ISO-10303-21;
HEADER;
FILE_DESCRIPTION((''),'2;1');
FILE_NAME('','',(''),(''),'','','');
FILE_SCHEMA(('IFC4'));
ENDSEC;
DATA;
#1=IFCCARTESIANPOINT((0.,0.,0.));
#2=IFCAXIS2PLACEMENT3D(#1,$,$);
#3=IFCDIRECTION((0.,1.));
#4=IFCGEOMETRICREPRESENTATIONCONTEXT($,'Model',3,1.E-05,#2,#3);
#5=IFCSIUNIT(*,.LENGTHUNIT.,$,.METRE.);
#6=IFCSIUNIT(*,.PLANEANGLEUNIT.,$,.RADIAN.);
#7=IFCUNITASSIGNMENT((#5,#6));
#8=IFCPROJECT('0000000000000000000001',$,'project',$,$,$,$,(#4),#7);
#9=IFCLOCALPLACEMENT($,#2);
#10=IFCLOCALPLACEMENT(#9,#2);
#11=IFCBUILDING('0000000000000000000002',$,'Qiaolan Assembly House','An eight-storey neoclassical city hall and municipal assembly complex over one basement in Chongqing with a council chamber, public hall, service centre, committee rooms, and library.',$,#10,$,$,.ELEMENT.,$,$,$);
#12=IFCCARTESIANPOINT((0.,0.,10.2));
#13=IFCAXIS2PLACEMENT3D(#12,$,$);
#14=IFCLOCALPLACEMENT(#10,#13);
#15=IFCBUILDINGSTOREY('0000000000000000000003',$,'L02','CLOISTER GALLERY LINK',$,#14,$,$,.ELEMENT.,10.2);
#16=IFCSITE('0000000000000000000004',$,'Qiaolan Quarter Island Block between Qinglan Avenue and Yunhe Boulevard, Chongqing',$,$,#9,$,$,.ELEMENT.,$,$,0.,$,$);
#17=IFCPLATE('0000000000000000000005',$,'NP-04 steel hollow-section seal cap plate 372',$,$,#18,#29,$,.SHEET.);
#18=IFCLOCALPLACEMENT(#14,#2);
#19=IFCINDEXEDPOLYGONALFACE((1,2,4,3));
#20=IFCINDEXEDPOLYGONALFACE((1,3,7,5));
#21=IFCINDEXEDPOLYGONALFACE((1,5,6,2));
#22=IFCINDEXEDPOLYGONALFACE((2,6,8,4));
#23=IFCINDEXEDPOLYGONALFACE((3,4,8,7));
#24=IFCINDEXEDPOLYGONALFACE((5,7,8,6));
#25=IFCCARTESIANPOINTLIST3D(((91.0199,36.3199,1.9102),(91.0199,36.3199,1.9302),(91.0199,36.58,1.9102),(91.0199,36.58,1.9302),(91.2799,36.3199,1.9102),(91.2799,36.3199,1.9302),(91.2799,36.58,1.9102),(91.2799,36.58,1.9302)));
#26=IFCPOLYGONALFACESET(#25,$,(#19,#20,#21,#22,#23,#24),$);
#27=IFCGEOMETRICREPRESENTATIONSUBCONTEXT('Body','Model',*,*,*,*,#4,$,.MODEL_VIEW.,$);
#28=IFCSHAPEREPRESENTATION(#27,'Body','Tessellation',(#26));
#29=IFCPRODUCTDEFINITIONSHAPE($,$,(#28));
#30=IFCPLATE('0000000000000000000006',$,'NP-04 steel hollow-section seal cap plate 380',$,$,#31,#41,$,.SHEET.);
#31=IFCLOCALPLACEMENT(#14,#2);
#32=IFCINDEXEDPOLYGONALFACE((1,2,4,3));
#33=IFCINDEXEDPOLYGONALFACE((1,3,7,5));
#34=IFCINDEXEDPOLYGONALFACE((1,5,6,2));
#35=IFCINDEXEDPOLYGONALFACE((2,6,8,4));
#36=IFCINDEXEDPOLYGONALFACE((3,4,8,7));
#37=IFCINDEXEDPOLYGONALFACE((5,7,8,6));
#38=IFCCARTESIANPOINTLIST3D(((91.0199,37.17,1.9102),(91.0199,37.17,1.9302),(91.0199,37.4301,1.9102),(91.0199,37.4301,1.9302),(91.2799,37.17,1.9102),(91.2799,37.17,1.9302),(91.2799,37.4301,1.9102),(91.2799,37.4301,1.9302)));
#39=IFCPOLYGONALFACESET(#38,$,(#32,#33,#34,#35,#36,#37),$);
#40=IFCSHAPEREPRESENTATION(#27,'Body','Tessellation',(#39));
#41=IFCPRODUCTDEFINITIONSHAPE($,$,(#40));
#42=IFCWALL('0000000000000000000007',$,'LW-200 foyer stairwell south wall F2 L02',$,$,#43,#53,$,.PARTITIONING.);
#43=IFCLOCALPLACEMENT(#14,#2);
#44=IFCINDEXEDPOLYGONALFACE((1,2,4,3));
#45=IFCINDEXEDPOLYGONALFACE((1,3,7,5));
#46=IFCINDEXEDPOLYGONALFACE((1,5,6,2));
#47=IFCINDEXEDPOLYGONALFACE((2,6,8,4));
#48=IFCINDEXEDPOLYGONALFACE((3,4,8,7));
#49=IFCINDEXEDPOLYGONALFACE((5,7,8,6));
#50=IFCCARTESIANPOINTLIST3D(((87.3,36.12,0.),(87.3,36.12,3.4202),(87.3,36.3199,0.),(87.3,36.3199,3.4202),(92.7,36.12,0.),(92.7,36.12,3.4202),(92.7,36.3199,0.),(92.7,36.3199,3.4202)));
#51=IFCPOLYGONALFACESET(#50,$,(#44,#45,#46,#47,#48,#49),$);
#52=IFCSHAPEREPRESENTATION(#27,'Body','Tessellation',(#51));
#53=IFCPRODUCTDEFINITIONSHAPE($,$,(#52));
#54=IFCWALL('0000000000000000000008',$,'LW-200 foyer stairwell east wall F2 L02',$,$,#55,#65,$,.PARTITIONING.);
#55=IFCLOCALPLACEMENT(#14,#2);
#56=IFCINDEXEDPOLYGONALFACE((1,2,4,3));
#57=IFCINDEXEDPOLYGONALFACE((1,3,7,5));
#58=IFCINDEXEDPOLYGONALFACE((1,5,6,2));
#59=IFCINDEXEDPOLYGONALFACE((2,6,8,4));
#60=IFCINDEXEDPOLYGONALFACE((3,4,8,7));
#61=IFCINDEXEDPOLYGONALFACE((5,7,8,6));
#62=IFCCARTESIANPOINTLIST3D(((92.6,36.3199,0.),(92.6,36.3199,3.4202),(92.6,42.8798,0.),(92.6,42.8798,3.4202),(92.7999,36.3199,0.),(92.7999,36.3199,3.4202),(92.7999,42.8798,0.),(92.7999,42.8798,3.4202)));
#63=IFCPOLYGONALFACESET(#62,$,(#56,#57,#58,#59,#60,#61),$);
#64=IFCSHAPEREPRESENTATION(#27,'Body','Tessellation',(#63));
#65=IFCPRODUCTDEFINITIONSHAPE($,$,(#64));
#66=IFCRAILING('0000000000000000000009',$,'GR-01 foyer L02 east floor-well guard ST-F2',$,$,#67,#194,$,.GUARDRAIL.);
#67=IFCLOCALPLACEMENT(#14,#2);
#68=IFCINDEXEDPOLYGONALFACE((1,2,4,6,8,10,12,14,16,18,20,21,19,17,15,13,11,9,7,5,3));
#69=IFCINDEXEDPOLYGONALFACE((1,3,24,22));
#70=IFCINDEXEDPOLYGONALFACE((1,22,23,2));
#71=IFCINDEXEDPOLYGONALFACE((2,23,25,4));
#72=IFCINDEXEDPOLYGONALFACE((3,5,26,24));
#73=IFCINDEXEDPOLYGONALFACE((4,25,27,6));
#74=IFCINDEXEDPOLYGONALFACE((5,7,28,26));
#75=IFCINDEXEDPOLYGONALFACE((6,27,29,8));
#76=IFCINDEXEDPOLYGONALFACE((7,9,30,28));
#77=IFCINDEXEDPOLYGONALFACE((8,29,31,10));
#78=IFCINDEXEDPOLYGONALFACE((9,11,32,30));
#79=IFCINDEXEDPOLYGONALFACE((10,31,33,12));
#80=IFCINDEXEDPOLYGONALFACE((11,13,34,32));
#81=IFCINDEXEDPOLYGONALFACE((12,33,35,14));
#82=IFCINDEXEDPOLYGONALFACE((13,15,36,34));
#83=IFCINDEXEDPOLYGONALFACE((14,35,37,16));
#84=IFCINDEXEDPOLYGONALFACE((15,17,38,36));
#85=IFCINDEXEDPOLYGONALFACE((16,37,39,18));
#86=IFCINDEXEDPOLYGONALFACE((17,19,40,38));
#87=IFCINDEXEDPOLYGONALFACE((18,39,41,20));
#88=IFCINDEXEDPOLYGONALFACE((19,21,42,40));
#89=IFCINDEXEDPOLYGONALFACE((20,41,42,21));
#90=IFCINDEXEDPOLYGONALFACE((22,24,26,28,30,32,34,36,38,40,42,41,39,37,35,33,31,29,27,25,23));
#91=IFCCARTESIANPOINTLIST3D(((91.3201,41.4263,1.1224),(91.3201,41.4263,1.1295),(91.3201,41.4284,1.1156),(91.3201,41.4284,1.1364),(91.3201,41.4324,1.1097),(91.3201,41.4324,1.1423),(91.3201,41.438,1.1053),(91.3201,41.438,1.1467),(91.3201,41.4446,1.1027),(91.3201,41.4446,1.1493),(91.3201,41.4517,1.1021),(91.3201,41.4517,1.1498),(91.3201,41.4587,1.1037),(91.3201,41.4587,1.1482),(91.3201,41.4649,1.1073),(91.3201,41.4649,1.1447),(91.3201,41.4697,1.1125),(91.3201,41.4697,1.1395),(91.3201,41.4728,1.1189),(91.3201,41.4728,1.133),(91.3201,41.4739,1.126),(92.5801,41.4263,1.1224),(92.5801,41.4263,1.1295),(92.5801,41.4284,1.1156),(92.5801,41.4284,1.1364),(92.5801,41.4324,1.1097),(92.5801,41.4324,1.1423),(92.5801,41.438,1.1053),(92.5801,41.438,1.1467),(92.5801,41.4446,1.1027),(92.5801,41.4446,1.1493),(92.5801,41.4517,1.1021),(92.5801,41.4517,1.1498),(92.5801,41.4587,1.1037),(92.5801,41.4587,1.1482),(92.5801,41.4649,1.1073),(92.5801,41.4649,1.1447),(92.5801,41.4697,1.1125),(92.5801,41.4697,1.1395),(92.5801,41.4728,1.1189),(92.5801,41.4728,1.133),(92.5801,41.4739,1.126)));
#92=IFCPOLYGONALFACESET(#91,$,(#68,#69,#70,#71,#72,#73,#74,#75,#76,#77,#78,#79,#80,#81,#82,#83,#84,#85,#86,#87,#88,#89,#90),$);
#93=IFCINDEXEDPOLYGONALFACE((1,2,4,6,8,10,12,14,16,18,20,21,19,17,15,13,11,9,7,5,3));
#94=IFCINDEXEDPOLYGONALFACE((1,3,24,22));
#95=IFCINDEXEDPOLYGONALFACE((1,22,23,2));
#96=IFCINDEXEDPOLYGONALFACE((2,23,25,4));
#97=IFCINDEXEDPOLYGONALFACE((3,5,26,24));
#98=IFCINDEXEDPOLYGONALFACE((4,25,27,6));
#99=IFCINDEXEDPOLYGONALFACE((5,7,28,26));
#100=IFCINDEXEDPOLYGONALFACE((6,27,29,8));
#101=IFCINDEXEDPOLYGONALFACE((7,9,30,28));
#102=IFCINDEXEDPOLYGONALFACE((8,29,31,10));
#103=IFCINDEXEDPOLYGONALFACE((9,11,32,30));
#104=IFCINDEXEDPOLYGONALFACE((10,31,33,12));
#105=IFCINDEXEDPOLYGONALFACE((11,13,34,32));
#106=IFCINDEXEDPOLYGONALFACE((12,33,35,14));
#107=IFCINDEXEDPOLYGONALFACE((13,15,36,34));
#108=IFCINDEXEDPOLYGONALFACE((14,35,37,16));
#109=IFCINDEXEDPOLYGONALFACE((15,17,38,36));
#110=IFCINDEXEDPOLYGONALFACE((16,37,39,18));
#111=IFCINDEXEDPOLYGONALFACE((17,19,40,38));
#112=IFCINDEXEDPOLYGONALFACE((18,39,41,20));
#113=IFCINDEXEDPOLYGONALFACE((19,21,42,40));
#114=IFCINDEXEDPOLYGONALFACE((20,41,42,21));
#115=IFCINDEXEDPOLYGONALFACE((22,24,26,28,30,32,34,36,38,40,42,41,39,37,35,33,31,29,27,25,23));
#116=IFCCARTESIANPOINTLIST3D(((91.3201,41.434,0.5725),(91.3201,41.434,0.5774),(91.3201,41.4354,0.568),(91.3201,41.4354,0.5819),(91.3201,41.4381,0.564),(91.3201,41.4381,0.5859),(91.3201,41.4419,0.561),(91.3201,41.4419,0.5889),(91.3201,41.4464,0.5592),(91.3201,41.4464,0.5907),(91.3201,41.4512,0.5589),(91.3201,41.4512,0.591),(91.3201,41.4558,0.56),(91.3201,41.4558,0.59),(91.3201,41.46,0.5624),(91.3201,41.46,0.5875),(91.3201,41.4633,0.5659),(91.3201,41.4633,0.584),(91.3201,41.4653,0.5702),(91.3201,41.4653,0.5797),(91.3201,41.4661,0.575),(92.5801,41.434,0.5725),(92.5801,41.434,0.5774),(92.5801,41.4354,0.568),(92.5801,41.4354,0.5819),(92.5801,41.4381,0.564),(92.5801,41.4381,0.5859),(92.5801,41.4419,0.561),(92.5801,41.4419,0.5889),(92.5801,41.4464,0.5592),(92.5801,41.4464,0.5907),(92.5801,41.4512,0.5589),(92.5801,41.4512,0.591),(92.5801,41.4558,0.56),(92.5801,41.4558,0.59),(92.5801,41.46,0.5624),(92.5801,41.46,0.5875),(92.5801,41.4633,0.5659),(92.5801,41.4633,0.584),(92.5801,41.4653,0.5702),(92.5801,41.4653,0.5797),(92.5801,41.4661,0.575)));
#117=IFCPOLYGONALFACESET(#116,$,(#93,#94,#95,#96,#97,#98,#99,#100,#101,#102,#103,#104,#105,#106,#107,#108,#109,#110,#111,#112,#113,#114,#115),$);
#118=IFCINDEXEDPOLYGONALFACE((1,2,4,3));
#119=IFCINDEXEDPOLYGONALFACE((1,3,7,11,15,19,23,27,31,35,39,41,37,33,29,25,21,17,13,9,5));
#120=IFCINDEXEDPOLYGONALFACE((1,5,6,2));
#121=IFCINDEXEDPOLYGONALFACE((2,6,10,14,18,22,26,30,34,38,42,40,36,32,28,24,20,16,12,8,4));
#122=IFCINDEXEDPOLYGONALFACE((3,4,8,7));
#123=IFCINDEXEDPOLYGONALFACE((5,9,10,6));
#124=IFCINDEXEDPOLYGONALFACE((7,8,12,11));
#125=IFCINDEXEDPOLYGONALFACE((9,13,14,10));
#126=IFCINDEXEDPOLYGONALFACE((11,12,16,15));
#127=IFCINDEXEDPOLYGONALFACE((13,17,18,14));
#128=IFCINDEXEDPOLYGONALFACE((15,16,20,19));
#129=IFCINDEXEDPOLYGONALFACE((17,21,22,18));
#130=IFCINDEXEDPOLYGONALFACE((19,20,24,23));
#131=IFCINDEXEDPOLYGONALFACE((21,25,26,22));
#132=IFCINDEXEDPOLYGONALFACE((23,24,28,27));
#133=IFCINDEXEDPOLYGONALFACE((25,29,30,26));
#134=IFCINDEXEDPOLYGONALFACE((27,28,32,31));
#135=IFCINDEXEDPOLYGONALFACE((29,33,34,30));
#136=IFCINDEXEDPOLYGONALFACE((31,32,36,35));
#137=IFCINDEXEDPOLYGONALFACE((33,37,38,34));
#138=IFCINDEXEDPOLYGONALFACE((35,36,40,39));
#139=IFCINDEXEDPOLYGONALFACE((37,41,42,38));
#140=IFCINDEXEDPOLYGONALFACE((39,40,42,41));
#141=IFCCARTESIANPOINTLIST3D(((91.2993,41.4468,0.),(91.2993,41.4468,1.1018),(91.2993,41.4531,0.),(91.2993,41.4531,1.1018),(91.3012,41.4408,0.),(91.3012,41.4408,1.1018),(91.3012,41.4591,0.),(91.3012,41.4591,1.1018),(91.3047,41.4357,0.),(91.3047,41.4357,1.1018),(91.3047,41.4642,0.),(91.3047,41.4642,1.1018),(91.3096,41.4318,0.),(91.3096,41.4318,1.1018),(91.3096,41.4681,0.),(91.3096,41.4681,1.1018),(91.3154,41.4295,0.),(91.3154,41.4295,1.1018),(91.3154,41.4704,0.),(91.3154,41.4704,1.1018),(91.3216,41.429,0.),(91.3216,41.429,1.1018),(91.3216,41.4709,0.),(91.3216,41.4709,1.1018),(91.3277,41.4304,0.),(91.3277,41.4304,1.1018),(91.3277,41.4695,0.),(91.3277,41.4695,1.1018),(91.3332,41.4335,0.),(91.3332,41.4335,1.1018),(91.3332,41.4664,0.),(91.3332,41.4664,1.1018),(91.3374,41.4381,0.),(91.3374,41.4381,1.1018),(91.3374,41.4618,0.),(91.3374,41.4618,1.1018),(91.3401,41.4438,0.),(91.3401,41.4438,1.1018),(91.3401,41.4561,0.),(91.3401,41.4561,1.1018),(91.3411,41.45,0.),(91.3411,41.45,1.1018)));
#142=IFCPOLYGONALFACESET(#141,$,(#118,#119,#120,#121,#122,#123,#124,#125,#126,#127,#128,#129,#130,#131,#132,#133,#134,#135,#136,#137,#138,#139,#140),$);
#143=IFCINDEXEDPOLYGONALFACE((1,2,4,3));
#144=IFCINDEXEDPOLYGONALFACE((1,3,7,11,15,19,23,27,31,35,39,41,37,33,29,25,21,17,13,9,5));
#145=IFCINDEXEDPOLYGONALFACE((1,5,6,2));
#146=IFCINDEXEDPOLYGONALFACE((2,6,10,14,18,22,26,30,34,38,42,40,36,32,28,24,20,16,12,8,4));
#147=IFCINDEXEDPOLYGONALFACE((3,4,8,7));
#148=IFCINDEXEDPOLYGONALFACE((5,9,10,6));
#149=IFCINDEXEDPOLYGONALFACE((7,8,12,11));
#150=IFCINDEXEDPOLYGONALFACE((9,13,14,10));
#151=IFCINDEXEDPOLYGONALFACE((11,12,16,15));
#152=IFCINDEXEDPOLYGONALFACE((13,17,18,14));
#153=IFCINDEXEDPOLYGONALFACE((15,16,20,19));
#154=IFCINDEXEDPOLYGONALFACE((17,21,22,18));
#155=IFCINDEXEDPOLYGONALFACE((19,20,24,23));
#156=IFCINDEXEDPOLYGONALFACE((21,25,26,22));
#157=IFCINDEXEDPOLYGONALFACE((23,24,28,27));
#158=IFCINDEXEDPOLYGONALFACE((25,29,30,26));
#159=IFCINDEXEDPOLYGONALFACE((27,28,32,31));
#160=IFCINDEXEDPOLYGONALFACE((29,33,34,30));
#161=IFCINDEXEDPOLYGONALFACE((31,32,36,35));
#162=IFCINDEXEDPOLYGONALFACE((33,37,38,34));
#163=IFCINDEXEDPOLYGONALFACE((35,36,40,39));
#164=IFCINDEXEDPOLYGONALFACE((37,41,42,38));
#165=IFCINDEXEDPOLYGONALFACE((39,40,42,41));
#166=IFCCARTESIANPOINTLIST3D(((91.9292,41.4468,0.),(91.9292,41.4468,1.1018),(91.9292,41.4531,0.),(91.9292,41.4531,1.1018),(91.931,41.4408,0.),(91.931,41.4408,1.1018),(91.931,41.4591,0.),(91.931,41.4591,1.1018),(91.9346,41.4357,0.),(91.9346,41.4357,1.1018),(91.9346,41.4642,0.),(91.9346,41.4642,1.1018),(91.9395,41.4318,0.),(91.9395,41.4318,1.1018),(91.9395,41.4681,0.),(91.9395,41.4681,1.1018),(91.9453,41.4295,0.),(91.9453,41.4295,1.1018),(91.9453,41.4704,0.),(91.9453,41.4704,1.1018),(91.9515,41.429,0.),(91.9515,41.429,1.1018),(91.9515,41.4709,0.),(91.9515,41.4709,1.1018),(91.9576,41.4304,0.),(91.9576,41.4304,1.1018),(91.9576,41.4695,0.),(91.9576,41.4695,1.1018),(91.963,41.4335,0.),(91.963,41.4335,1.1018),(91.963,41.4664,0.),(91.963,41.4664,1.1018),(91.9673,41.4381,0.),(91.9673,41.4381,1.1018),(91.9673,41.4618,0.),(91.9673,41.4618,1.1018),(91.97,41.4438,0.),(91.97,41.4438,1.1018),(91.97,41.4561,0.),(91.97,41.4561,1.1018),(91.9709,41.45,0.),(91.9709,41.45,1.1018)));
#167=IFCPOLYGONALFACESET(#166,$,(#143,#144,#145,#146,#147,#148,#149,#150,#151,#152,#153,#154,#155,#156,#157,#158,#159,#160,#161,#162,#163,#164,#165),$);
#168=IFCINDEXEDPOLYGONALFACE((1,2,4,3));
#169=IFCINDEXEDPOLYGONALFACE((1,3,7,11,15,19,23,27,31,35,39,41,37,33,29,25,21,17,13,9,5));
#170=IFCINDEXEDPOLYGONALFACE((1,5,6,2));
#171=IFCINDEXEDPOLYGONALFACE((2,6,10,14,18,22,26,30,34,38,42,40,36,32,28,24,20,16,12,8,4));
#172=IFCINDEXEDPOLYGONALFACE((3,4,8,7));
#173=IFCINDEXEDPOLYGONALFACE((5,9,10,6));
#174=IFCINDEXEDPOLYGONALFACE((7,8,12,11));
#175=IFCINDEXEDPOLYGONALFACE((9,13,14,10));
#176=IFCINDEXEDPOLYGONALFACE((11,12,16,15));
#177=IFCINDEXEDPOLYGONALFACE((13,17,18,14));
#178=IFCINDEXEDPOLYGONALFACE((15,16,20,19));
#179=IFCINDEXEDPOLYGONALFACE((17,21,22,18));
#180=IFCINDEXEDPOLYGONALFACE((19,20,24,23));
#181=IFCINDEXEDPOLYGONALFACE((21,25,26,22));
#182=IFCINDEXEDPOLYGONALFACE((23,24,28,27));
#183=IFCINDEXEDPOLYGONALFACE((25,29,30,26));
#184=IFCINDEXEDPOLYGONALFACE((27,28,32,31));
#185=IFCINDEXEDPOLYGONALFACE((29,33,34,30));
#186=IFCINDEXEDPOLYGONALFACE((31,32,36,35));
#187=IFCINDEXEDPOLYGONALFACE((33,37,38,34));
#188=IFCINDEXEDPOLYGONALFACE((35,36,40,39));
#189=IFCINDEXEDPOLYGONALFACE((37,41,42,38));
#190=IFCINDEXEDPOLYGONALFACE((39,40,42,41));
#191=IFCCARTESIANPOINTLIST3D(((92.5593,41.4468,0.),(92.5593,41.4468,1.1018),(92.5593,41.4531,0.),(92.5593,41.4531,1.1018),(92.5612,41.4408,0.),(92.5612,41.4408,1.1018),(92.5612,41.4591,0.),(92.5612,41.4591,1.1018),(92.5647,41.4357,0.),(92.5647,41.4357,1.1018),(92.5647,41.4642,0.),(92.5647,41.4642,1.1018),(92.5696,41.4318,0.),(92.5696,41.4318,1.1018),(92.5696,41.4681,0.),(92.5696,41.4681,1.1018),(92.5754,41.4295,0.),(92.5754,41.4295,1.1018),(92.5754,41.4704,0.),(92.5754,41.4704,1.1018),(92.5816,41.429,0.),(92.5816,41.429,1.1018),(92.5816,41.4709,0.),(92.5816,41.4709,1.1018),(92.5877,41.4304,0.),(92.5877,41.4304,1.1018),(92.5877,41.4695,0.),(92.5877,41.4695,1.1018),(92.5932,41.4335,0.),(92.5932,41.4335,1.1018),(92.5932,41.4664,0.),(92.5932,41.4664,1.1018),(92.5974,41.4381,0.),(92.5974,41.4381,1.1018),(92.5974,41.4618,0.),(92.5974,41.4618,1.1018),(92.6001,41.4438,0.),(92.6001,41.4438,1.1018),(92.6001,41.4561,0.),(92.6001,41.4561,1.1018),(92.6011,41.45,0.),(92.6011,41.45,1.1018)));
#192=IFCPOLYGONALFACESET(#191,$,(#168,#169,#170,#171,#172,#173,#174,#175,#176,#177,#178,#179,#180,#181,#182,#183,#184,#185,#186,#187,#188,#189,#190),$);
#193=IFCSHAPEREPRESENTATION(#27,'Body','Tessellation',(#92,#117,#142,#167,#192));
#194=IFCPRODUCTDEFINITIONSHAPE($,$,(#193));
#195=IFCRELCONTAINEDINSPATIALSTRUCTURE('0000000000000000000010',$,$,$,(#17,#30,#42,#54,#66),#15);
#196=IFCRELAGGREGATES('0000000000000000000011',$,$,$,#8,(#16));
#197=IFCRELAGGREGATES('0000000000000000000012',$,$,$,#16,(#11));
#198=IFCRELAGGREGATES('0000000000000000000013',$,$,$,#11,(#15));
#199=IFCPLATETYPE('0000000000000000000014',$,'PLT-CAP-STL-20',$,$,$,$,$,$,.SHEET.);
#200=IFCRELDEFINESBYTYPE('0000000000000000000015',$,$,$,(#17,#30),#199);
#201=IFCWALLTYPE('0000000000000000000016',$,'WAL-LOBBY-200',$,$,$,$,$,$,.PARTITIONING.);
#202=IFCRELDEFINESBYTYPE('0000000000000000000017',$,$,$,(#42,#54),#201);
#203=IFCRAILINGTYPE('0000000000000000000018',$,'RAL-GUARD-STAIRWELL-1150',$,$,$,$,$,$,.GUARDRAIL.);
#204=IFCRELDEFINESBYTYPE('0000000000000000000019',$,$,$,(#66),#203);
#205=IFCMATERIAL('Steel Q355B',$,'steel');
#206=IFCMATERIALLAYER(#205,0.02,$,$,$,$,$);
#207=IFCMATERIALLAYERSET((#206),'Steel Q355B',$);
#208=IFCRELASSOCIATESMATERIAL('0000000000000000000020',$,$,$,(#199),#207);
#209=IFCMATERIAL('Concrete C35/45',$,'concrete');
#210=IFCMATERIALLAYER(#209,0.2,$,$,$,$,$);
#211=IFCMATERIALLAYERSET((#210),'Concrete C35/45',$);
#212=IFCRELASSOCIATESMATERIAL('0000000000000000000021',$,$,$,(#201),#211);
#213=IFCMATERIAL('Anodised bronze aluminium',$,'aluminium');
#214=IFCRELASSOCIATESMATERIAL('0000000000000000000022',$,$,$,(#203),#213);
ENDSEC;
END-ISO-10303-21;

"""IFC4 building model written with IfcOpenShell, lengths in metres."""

from ifc_helpers import new_model, si_unit, direction, frame, frame_2d, origin, origin_2d, place, context, subcontext, project, spatial, rectangle, circle, extrude, material, layer, layer_set, type_object, element, save


model = new_model("IFC4")

# Units and contexts
model_context = context("Model", 3, precision=1e-05, world=origin(), true_north=direction((0.0, 1.0)))
body_context = subcontext(model_context, "Body", "Model", "MODEL_VIEW")
ifc_project = project(units=[si_unit("LENGTHUNIT", "METRE"), si_unit("PLANEANGLEUNIT", "RADIAN")], contexts=[model_context])

# Site, building, storey
site_placement = place(None, origin())
site = spatial("IfcSite", under=ifc_project, at=site_placement, Name="Qiaolan Quarter Island Block between Qinglan Avenue and Yunhe Boulevard, Chongqing", CompositionType="ELEMENT", RefElevation=0.0)
building_placement = place(site_placement, origin())
building = spatial("IfcBuilding", under=site, at=building_placement, Name="Qiaolan Assembly House", Description="An eight-storey neoclassical city hall and municipal assembly complex over one basement in Chongqing with a council chamber, public hall, service centre, committee rooms, and library.", CompositionType="ELEMENT")
storey_placement = place(building_placement, frame((0.0, 0.0, 10.2)))
storey = spatial("IfcBuildingStorey", under=building, at=storey_placement, Name="L02", Description="CLOISTER GALLERY LINK", CompositionType="ELEMENT", Elevation=10.2)

# Shared definitions
ifc_material_1 = material(Name="Steel Q355B", Category="steel")

# Plates
ifc_layer_1 = layer(ifc_material_1, 0.02)
ifc_layer_set_1 = layer_set([ifc_layer_1], Name="Steel Q355B")
plate_type = type_object("IfcPlateType", Name="PLT-CAP-STL-20", PredefinedType="SHEET", material=ifc_layer_set_1)
for number, where, z_axis, x_axis, name in (
    (1, (91.1499, 36.45, 1.9102), (0.0, 0.0, 1.0), (1.0, 0.0, 0.0), "NP-04 steel hollow-section seal cap plate 372"),
    (2, (91.1499, 37.3, 1.9102), (0.0, 0.0, 1.0), (1.0, 0.0, 0.0), "NP-04 steel hollow-section seal cap plate 380"),
):
    element("IfcPlate", number, at=place(storey_placement, frame(where, z_axis=z_axis, x_axis=x_axis)), inside=storey, type_object=plate_type, Name=name, PredefinedType="SHEET", context=body_context, shape_type="SweptSolid", body=[
        extrude(rectangle(XDim=0.26, YDim=0.26, at=origin_2d()), origin(), (0.0, 0.0, 1.0), 0.02),
    ])

# Walls
ifc_material_2 = material(Name="Concrete C35/45", Category="concrete")
ifc_layer_2 = layer(ifc_material_2, 0.2)
ifc_layer_set_2 = layer_set([ifc_layer_2], Name="Concrete C35/45")
wall_type = type_object("IfcWallType", Name="WAL-LOBBY-200", PredefinedType="PARTITIONING", material=ifc_layer_set_2)
wall_1_placement = place(storey_placement, frame((92.7, 36.22, 0.0), z_axis=(0.0, 0.0, 1.0), x_axis=(-1.0, 0.0, 0.0)))
element("IfcWall", 3, at=wall_1_placement, inside=storey, type_object=wall_type, Name="LW-200 foyer stairwell south wall F2 L02", PredefinedType="PARTITIONING", context=body_context, shape_type="SweptSolid", body=[
    extrude(rectangle(XDim=5.3999, YDim=0.2, at=frame_2d((2.7, 0.0))), origin(), (0.0, 0.0, 1.0), 3.4202),
])
wall_2_placement = place(storey_placement, frame((92.7, 36.3201, 0.0), z_axis=(0.0, 0.0, 1.0), x_axis=(0.0, 1.0, 0.0)))
element("IfcWall", 4, at=wall_2_placement, inside=storey, type_object=wall_type, Name="LW-200 foyer stairwell east wall F2 L02", PredefinedType="PARTITIONING", context=body_context, shape_type="SweptSolid", body=[
    extrude(rectangle(XDim=6.5598, YDim=0.2, at=frame_2d((3.2798, 0.0))), origin(), (0.0, 0.0, 1.0), 3.4202),
])

# Railing
ifc_material_3 = material(Name="Anodised bronze aluminium", Category="aluminium")
railing_type = type_object("IfcRailingType", Name="RAL-GUARD-STAIRWELL-1150", PredefinedType="GUARDRAIL", material=ifc_material_3)
railing_1_placement = place(storey_placement, frame((91.3201, 41.45, 0.0)))
element("IfcRailing", 5, at=railing_1_placement, inside=storey, type_object=railing_type, Name="GR-01 foyer L02 east floor-well guard ST-F2", PredefinedType="GUARDRAIL", context=body_context, shape_type="SweptSolid", body=[
    extrude(circle(Radius=0.0239, at=origin_2d()), frame((0.0, 0.0, 1.126), z_axis=(1.0, 0.0, 0.0), x_axis=(0.0, 1.0, 0.0)), (0.0, 0.0, 1.0), 1.26),
    extrude(circle(Radius=0.0161, at=origin_2d()), frame((0.0, 0.0, 0.575), z_axis=(1.0, 0.0, 0.0), x_axis=(0.0, 1.0, 0.0)), (0.0, 0.0, 1.0), 1.26),
    extrude(circle(Radius=0.021, at=origin_2d()), origin(), (0.0, 0.0, 1.0), 1.1018),
    extrude(circle(Radius=0.021, at=origin_2d()), frame((0.6299, 0.0, 0.0)), (0.0, 0.0, 1.0), 1.1018),
    extrude(circle(Radius=0.021, at=origin_2d()), frame((1.26, 0.0, 0.0)), (0.0, 0.0, 1.0), 1.1018),
])

save(model, "model.ifc")
